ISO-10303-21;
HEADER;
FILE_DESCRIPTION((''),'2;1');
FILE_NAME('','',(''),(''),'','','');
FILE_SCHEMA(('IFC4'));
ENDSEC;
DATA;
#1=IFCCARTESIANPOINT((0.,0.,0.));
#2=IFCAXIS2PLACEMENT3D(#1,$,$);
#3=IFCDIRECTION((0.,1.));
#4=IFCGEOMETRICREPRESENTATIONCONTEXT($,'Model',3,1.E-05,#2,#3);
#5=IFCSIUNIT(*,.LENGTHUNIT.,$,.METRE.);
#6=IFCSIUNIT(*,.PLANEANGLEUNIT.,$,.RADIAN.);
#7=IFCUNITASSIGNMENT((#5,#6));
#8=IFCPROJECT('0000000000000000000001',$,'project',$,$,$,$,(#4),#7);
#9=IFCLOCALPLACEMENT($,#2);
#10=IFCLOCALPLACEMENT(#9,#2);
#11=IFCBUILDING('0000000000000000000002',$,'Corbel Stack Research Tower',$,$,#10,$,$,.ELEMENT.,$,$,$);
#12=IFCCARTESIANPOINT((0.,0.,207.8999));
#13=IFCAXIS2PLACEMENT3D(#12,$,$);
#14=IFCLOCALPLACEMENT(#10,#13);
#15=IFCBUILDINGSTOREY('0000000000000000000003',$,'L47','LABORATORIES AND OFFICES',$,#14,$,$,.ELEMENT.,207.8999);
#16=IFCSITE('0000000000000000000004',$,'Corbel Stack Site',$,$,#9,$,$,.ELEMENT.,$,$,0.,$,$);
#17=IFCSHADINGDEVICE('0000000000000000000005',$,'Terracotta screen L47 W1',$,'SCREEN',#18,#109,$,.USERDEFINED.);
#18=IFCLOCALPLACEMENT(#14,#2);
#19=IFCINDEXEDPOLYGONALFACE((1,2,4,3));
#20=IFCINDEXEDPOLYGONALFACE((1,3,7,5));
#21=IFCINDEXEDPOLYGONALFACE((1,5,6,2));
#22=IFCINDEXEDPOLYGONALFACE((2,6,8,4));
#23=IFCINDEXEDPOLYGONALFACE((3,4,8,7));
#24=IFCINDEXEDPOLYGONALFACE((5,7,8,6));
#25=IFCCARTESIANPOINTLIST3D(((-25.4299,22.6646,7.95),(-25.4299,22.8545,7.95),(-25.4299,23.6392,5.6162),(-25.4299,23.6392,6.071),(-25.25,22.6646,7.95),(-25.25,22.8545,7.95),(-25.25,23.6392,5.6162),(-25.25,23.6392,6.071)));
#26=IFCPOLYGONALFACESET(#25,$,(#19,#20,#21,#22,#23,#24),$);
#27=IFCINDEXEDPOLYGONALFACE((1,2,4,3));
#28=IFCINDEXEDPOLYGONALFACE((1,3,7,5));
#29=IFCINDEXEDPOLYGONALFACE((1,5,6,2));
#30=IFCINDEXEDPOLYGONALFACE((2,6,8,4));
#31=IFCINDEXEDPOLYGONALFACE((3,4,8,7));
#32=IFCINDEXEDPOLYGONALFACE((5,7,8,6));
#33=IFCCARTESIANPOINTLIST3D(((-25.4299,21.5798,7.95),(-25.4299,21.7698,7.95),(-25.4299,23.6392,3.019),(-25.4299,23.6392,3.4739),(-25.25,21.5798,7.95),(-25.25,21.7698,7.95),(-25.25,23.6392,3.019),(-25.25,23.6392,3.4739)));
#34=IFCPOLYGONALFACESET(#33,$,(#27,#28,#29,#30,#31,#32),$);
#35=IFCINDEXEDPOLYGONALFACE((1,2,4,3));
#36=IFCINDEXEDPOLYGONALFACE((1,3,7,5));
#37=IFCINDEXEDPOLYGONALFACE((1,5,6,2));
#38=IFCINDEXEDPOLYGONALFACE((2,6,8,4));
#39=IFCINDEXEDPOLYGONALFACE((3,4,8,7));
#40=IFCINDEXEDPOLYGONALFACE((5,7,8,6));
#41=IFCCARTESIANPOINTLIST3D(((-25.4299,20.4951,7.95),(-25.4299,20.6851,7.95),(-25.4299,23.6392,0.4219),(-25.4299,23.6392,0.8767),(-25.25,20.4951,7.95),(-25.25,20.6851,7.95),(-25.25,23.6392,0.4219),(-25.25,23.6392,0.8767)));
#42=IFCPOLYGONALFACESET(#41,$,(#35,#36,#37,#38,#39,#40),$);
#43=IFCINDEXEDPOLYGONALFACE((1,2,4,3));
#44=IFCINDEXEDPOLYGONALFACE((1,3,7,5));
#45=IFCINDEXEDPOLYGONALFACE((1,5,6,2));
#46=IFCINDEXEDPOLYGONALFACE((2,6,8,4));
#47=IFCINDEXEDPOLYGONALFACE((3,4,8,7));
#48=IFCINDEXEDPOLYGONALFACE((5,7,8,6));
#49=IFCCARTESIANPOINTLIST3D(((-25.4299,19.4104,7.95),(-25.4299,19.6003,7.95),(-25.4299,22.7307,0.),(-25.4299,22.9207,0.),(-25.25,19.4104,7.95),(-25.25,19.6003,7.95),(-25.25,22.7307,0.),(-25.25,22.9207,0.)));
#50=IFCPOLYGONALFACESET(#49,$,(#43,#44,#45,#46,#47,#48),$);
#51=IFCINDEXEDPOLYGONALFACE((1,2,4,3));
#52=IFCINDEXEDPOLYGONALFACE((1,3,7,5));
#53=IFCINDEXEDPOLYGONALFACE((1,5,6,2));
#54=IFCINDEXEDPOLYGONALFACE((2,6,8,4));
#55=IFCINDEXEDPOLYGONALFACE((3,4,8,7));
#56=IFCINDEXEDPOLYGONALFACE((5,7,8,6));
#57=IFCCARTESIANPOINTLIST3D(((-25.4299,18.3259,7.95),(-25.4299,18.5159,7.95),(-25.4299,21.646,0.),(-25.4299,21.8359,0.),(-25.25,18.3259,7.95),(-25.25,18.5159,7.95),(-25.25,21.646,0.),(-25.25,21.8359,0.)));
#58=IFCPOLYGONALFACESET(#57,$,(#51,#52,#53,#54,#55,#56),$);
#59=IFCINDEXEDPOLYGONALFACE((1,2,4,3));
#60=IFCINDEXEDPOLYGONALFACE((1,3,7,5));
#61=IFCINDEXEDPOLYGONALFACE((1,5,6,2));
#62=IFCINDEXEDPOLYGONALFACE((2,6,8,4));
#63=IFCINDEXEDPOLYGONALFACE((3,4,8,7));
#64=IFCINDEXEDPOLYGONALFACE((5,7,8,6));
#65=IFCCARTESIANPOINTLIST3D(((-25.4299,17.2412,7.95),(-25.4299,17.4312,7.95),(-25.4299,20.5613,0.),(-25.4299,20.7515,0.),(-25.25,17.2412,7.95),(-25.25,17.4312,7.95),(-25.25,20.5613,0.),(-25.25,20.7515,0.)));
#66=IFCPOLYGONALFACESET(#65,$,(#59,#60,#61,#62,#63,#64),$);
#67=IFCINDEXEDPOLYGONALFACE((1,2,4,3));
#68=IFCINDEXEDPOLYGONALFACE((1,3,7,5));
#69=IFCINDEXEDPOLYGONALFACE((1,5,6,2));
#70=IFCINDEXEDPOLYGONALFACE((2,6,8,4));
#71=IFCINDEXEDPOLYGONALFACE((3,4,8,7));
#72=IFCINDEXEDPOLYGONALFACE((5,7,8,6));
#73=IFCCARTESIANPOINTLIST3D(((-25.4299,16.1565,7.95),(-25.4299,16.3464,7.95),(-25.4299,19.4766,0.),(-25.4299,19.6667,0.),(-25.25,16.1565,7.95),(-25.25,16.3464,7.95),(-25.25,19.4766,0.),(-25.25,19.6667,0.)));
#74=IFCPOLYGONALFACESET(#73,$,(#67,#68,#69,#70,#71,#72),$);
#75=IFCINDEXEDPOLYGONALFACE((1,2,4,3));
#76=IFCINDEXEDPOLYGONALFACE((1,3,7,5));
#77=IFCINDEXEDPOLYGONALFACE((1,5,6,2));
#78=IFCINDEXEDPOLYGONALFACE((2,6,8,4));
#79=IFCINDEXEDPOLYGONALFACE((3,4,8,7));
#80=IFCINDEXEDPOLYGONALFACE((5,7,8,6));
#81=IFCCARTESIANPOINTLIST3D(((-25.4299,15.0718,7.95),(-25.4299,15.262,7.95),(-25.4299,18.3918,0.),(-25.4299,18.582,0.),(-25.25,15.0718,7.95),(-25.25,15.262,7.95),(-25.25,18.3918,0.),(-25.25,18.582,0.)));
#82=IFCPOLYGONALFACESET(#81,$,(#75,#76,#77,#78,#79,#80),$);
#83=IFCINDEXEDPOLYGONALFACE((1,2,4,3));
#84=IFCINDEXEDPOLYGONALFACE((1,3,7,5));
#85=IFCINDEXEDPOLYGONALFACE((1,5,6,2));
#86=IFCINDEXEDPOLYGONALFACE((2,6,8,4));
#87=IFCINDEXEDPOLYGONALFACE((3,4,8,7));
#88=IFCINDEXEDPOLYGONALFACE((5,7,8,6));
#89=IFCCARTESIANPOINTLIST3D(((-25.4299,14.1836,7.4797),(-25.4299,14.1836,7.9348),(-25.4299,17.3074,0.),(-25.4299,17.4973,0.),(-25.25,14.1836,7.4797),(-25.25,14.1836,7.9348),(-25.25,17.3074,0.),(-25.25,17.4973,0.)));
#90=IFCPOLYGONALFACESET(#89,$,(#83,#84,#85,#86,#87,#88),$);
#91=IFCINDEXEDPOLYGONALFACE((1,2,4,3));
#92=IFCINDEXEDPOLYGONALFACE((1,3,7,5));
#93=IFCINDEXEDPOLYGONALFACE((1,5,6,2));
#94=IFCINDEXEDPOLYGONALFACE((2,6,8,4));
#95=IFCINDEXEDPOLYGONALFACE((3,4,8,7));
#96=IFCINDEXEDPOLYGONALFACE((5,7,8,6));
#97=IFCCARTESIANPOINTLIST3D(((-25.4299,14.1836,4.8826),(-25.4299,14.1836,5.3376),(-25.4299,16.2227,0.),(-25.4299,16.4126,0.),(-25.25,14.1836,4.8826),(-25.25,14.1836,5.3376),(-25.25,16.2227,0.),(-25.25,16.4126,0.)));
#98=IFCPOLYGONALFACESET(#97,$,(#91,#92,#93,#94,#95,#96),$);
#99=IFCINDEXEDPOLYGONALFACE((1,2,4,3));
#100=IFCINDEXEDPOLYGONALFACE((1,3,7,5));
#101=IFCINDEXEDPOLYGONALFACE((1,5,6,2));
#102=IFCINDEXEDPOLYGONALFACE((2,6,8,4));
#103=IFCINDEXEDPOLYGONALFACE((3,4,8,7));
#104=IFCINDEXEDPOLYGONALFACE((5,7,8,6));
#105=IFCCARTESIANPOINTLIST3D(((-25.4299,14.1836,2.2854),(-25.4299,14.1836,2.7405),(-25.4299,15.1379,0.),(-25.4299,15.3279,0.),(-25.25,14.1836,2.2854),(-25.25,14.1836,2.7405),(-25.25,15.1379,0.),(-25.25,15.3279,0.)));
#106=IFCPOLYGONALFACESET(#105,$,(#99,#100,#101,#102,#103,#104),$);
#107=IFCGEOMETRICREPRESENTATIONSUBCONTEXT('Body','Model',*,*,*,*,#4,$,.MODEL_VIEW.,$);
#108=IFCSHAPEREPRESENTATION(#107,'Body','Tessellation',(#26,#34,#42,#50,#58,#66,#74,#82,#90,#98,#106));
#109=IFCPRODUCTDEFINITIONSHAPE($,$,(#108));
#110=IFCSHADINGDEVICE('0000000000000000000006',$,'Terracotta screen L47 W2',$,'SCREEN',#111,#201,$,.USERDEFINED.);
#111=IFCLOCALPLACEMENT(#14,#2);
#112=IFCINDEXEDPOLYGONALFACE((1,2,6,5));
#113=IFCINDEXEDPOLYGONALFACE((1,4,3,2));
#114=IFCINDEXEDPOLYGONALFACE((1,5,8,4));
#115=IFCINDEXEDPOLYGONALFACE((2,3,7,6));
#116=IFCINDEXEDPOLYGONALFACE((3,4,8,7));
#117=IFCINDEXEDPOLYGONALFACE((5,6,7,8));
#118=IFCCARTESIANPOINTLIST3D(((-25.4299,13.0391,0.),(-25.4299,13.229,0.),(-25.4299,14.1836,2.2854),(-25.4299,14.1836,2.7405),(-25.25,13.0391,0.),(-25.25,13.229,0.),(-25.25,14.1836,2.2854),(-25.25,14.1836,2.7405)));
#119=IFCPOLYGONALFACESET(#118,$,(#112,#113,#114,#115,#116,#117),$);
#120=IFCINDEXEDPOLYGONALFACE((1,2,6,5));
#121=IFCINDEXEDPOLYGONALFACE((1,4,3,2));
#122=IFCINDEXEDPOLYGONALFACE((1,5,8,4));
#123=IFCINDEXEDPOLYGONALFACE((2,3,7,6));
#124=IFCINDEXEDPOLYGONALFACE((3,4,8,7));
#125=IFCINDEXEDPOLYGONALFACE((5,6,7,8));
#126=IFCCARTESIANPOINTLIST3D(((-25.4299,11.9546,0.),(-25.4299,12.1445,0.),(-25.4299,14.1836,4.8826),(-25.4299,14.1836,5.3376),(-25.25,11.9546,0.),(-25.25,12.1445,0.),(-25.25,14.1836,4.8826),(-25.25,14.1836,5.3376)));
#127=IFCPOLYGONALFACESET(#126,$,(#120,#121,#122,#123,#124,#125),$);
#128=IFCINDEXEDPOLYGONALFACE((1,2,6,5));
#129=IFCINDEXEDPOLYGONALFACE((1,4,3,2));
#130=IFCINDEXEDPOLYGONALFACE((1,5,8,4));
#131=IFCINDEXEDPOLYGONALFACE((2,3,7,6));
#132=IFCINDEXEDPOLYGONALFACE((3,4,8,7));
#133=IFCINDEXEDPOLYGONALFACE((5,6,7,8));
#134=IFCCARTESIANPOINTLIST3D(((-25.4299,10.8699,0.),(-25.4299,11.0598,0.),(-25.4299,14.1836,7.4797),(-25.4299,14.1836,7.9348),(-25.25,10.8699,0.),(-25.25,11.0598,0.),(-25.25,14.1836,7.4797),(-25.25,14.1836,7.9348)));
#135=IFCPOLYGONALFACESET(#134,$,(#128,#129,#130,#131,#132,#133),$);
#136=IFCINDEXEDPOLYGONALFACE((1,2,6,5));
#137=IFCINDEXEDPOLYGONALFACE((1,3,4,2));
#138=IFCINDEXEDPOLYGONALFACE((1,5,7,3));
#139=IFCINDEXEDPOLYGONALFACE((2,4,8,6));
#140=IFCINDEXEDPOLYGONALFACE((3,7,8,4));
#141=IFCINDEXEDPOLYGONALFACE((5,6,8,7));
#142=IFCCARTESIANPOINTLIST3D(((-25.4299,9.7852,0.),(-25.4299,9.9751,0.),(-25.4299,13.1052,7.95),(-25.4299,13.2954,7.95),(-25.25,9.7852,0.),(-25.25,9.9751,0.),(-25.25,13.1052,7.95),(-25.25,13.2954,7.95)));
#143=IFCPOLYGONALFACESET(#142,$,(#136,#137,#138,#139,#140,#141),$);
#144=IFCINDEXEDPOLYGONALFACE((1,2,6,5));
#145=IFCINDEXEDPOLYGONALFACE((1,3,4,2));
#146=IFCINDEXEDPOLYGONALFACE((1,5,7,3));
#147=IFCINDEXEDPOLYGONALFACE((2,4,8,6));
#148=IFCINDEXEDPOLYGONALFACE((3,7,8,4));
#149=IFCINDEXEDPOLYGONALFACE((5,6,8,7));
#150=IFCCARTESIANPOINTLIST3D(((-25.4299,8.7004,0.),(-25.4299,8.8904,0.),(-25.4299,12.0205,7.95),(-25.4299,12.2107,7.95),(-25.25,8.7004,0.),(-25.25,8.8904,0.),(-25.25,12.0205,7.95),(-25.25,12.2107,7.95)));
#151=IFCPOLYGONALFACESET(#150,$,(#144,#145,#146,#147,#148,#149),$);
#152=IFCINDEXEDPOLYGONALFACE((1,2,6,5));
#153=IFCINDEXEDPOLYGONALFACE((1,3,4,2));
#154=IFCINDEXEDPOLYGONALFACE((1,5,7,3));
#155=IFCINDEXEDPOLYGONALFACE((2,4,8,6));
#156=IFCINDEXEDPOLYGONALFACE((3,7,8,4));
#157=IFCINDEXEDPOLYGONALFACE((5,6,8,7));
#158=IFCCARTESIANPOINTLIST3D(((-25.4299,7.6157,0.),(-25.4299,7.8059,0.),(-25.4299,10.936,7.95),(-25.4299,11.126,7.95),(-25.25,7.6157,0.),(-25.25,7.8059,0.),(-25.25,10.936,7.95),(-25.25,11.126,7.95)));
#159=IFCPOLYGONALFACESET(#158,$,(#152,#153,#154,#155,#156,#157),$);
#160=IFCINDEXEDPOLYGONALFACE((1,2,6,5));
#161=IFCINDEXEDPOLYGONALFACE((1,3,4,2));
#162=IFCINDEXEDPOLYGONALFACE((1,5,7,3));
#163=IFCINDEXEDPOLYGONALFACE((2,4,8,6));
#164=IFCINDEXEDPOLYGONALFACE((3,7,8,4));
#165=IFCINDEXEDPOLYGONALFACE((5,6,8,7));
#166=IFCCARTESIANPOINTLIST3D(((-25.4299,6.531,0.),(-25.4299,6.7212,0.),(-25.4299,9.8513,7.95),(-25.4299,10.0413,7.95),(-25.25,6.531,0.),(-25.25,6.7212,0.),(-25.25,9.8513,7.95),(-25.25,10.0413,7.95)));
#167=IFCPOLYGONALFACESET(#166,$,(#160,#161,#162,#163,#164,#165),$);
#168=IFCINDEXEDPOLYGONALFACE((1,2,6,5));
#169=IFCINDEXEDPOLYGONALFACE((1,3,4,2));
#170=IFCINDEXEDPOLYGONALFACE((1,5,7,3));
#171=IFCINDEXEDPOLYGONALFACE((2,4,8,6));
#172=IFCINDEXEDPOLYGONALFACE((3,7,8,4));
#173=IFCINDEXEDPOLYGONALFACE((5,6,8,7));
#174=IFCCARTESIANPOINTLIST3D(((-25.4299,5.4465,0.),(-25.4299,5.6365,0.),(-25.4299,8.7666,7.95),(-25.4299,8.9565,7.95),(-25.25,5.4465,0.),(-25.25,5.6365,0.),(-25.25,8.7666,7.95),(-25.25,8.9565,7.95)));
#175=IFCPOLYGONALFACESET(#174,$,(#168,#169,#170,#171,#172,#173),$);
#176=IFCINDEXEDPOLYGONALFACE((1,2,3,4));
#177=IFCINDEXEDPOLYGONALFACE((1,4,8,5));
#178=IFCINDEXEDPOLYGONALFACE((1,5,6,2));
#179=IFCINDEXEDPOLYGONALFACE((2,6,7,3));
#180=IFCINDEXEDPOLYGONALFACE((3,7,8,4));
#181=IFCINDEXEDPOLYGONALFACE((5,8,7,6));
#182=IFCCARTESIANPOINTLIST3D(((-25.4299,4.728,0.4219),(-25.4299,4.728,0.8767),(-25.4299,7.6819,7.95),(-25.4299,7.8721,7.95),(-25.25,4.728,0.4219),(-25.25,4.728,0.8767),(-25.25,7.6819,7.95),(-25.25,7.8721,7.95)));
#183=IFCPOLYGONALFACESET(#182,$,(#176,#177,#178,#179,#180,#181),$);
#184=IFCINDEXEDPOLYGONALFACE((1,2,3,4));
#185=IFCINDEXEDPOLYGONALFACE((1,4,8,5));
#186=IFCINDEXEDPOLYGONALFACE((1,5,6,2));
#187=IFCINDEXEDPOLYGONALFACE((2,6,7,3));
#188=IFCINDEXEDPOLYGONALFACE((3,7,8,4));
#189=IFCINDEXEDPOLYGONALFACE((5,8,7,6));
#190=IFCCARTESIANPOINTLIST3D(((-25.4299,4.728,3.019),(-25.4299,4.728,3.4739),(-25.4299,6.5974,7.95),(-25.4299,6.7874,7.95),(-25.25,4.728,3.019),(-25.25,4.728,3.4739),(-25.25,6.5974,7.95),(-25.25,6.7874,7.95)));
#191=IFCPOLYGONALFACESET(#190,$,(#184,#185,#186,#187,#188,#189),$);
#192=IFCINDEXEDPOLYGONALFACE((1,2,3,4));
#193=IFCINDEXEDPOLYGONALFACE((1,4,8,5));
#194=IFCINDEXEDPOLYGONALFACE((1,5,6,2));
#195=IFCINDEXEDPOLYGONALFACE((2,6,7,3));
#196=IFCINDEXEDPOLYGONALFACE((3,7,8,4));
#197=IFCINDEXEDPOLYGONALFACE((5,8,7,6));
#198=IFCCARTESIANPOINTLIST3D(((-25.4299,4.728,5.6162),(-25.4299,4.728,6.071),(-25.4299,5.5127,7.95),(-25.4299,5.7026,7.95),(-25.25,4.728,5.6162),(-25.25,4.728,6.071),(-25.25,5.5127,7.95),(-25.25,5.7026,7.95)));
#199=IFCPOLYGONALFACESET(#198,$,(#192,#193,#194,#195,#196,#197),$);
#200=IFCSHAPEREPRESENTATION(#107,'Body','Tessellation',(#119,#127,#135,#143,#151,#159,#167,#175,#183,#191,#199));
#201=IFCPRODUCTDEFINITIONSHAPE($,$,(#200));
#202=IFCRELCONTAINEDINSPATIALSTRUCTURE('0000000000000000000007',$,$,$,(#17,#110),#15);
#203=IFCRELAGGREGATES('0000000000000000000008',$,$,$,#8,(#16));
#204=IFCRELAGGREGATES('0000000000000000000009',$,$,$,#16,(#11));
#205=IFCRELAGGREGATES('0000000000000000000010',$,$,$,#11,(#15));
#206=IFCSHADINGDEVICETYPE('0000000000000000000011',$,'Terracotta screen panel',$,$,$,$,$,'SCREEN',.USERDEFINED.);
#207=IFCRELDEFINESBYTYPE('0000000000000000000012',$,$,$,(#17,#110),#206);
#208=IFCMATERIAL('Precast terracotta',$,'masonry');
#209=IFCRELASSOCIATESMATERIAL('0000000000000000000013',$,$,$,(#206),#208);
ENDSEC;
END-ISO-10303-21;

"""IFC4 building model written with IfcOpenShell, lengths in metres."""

from ifc_helpers import new_model, si_unit, direction, frame, origin, place, context, subcontext, project, spatial, polyline, outline, extrude, source, transform, mapped, material, type_object, element, save


model = new_model("IFC4")

# Units and contexts
model_context = context("Model", 3, precision=1e-05, world=origin(), true_north=direction((0.0, 1.0)))
body_context = subcontext(model_context, "Body", "Model", "MODEL_VIEW")
ifc_project = project(units=[si_unit("LENGTHUNIT", "METRE"), si_unit("PLANEANGLEUNIT", "RADIAN")], contexts=[model_context])

# Site, building, storey
site_placement = place(None, origin())
site = spatial("IfcSite", under=ifc_project, at=site_placement, Name="Corbel Stack Site", CompositionType="ELEMENT", RefElevation=0.0)
building_placement = place(site_placement, origin())
building = spatial("IfcBuilding", under=site, at=building_placement, Name="Corbel Stack Research Tower", CompositionType="ELEMENT")
storey_placement = place(building_placement, frame((0.0, 0.0, 207.8999)))
storey = spatial("IfcBuildingStorey", under=building, at=storey_placement, Name="L47", Description="LABORATORIES AND OFFICES", CompositionType="ELEMENT", Elevation=207.8999)

# Shading devices
ifc_material_1 = material(Name="Precast terracotta", Category="masonry")
shading_device_type = type_object("IfcShadingDeviceType", Name="Terracotta screen panel", ElementType="SCREEN", PredefinedType="USERDEFINED", material=ifc_material_1)
shared_shape_1 = source(origin(), body_context, "Body", "SweptSolid", [
    extrude(outline(polyline([(0.9746, 7.95), (0.7847, 7.95), (0.0, 6.071), (0.0, 5.6162), (0.9746, 7.95)])), frame((0.0, 0.0, 0.0), z_axis=(0.0, -1.0, 0.0), x_axis=(1.0, 0.0, 0.0)), (0.0, 0.0, 1.0), 0.1799),
    extrude(outline(polyline([(2.0593, 7.95), (1.8694, 7.95), (0.0, 3.4739), (0.0, 3.019), (2.0593, 7.95)])), frame((0.0, 0.0, 0.0), z_axis=(0.0, -1.0, 0.0), x_axis=(1.0, 0.0, 0.0)), (0.0, 0.0, 1.0), 0.1799),
    extrude(outline(polyline([(3.144, 7.95), (2.9541, 7.95), (0.0, 0.8767), (0.0, 0.4219), (3.144, 7.95)])), frame((0.0, 0.0, 0.0), z_axis=(0.0, -1.0, 0.0), x_axis=(1.0, 0.0, 0.0)), (0.0, 0.0, 1.0), 0.1799),
    extrude(outline(polyline([(0.9084, 0.0), (4.2288, 7.95), (4.0388, 7.95), (0.7185, 0.0), (0.9084, 0.0)])), frame((0.0, 0.0, 0.0), z_axis=(0.0, -1.0, 0.0), x_axis=(1.0, 0.0, 0.0)), (0.0, 0.0, 1.0), 0.1799),
    extrude(outline(polyline([(1.9932, 0.0), (5.3132, 7.95), (5.1233, 7.95), (1.8032, 0.0), (1.9932, 0.0)])), frame((0.0, 0.0, 0.0), z_axis=(0.0, -1.0, 0.0), x_axis=(1.0, 0.0, 0.0)), (0.0, 0.0, 1.0), 0.1799),
    extrude(outline(polyline([(3.0779, 0.0), (6.3979, 7.95), (6.208, 7.95), (2.8877, 0.0), (3.0779, 0.0)])), frame((0.0, 0.0, 0.0), z_axis=(0.0, -1.0, 0.0), x_axis=(1.0, 0.0, 0.0)), (0.0, 0.0, 1.0), 0.1799),
    extrude(outline(polyline([(4.1626, 0.0), (7.4827, 7.95), (7.2927, 7.95), (3.9724, 0.0), (4.1626, 0.0)])), frame((0.0, 0.0, 0.0), z_axis=(0.0, -1.0, 0.0), x_axis=(1.0, 0.0, 0.0)), (0.0, 0.0, 1.0), 0.1799),
    extrude(outline(polyline([(5.2473, 0.0), (8.5674, 7.95), (8.3772, 7.95), (5.0571, 0.0), (5.2473, 0.0)])), frame((0.0, 0.0, 0.0), z_axis=(0.0, -1.0, 0.0), x_axis=(1.0, 0.0, 0.0)), (0.0, 0.0, 1.0), 0.1799),
    extrude(outline(polyline([(6.3318, 0.0), (9.4556, 7.4797), (9.4556, 7.9348), (6.1418, 0.0), (6.3318, 0.0)])), frame((0.0, 0.0, 0.0), z_axis=(0.0, -1.0, 0.0), x_axis=(1.0, 0.0, 0.0)), (0.0, 0.0, 1.0), 0.1799),
    extrude(outline(polyline([(7.4165, 0.0), (9.4556, 4.8826), (9.4556, 5.3376), (7.2266, 0.0), (7.4165, 0.0)])), frame((0.0, 0.0, 0.0), z_axis=(0.0, -1.0, 0.0), x_axis=(1.0, 0.0, 0.0)), (0.0, 0.0, 1.0), 0.1799),
    extrude(outline(polyline([(8.5012, 0.0), (9.4556, 2.2854), (9.4556, 2.7405), (8.3113, 0.0), (8.5012, 0.0)])), frame((0.0, 0.0, 0.0), z_axis=(0.0, -1.0, 0.0), x_axis=(1.0, 0.0, 0.0)), (0.0, 0.0, 1.0), 0.1799),
])
shading_device_1_placement = place(storey_placement, frame((-25.25, 23.6392, 0.0), z_axis=(0.0, 0.0, 1.0), x_axis=(0.0, -1.0, 0.0)))
element("IfcShadingDevice", 1, at=shading_device_1_placement, inside=storey, type_object=shading_device_type, Name="Terracotta screen L47 W1", ObjectType="SCREEN", PredefinedType="USERDEFINED", context=body_context, shape_type="MappedRepresentation", body=[
    mapped(shared_shape_1, transform((0.0, 0.0, 0.0))),
])
shared_shape_2 = source(origin(), body_context, "Body", "SweptSolid", [
    extrude(outline(polyline([(1.1445, 0.0), (0.0, 2.7405), (0.0, 2.2854), (0.9546, 0.0), (1.1445, 0.0)])), frame((0.0, 0.0, 0.0), z_axis=(0.0, -1.0, 0.0), x_axis=(1.0, 0.0, 0.0)), (0.0, 0.0, 1.0), 0.1799),
    extrude(outline(polyline([(2.229, 0.0), (0.0, 5.3376), (0.0, 4.8826), (2.0391, 0.0), (2.229, 0.0)])), frame((0.0, 0.0, 0.0), z_axis=(0.0, -1.0, 0.0), x_axis=(1.0, 0.0, 0.0)), (0.0, 0.0, 1.0), 0.1799),
    extrude(outline(polyline([(3.3137, 0.0), (0.0, 7.9348), (0.0, 7.4797), (3.1238, 0.0), (3.3137, 0.0)])), frame((0.0, 0.0, 0.0), z_axis=(0.0, -1.0, 0.0), x_axis=(1.0, 0.0, 0.0)), (0.0, 0.0, 1.0), 0.1799),
    extrude(outline(polyline([(4.3984, 0.0), (1.0784, 7.95), (0.8882, 7.95), (4.2085, 0.0), (4.3984, 0.0)])), frame((0.0, 0.0, 0.0), z_axis=(0.0, -1.0, 0.0), x_axis=(1.0, 0.0, 0.0)), (0.0, 0.0, 1.0), 0.1799),
    extrude(outline(polyline([(5.4832, 0.0), (2.1631, 7.95), (1.9729, 7.95), (5.2932, 0.0), (5.4832, 0.0)])), frame((0.0, 0.0, 0.0), z_axis=(0.0, -1.0, 0.0), x_axis=(1.0, 0.0, 0.0)), (0.0, 0.0, 1.0), 0.1799),
    extrude(outline(polyline([(6.5679, 0.0), (3.2476, 7.95), (3.0576, 7.95), (6.3777, 0.0), (6.5679, 0.0)])), frame((0.0, 0.0, 0.0), z_axis=(0.0, -1.0, 0.0), x_axis=(1.0, 0.0, 0.0)), (0.0, 0.0, 1.0), 0.1799),
    extrude(outline(polyline([(7.6526, 0.0), (4.3323, 7.95), (4.1423, 7.95), (7.4624, 0.0), (7.6526, 0.0)])), frame((0.0, 0.0, 0.0), z_axis=(0.0, -1.0, 0.0), x_axis=(1.0, 0.0, 0.0)), (0.0, 0.0, 1.0), 0.1799),
    extrude(outline(polyline([(8.7371, 0.0), (5.417, 7.95), (5.2271, 7.95), (8.5471, 0.0), (8.7371, 0.0)])), frame((0.0, 0.0, 0.0), z_axis=(0.0, -1.0, 0.0), x_axis=(1.0, 0.0, 0.0)), (0.0, 0.0, 1.0), 0.1799),
    extrude(outline(polyline([(6.5017, 7.95), (6.3115, 7.95), (9.4556, 0.4219), (9.4556, 0.8767), (6.5017, 7.95)])), frame((0.0, 0.0, 0.0), z_axis=(0.0, -1.0, 0.0), x_axis=(1.0, 0.0, 0.0)), (0.0, 0.0, 1.0), 0.1799),
    extrude(outline(polyline([(7.5862, 7.95), (7.3962, 7.95), (9.4556, 3.019), (9.4556, 3.4739), (7.5862, 7.95)])), frame((0.0, 0.0, 0.0), z_axis=(0.0, -1.0, 0.0), x_axis=(1.0, 0.0, 0.0)), (0.0, 0.0, 1.0), 0.1799),
    extrude(outline(polyline([(8.6709, 7.95), (8.481, 7.95), (9.4556, 5.6162), (9.4556, 6.071), (8.6709, 7.95)])), frame((0.0, 0.0, 0.0), z_axis=(0.0, -1.0, 0.0), x_axis=(1.0, 0.0, 0.0)), (0.0, 0.0, 1.0), 0.1799),
])
shading_device_2_placement = place(storey_placement, frame((-25.25, 14.1836, 0.0), z_axis=(0.0, 0.0, 1.0), x_axis=(0.0, -1.0, 0.0)))
element("IfcShadingDevice", 2, at=shading_device_2_placement, inside=storey, type_object=shading_device_type, Name="Terracotta screen L47 W2", ObjectType="SCREEN", PredefinedType="USERDEFINED", context=body_context, shape_type="MappedRepresentation", body=[
    mapped(shared_shape_2, transform((0.0, 0.0, 0.0))),
])

save(model, "model.ifc")
